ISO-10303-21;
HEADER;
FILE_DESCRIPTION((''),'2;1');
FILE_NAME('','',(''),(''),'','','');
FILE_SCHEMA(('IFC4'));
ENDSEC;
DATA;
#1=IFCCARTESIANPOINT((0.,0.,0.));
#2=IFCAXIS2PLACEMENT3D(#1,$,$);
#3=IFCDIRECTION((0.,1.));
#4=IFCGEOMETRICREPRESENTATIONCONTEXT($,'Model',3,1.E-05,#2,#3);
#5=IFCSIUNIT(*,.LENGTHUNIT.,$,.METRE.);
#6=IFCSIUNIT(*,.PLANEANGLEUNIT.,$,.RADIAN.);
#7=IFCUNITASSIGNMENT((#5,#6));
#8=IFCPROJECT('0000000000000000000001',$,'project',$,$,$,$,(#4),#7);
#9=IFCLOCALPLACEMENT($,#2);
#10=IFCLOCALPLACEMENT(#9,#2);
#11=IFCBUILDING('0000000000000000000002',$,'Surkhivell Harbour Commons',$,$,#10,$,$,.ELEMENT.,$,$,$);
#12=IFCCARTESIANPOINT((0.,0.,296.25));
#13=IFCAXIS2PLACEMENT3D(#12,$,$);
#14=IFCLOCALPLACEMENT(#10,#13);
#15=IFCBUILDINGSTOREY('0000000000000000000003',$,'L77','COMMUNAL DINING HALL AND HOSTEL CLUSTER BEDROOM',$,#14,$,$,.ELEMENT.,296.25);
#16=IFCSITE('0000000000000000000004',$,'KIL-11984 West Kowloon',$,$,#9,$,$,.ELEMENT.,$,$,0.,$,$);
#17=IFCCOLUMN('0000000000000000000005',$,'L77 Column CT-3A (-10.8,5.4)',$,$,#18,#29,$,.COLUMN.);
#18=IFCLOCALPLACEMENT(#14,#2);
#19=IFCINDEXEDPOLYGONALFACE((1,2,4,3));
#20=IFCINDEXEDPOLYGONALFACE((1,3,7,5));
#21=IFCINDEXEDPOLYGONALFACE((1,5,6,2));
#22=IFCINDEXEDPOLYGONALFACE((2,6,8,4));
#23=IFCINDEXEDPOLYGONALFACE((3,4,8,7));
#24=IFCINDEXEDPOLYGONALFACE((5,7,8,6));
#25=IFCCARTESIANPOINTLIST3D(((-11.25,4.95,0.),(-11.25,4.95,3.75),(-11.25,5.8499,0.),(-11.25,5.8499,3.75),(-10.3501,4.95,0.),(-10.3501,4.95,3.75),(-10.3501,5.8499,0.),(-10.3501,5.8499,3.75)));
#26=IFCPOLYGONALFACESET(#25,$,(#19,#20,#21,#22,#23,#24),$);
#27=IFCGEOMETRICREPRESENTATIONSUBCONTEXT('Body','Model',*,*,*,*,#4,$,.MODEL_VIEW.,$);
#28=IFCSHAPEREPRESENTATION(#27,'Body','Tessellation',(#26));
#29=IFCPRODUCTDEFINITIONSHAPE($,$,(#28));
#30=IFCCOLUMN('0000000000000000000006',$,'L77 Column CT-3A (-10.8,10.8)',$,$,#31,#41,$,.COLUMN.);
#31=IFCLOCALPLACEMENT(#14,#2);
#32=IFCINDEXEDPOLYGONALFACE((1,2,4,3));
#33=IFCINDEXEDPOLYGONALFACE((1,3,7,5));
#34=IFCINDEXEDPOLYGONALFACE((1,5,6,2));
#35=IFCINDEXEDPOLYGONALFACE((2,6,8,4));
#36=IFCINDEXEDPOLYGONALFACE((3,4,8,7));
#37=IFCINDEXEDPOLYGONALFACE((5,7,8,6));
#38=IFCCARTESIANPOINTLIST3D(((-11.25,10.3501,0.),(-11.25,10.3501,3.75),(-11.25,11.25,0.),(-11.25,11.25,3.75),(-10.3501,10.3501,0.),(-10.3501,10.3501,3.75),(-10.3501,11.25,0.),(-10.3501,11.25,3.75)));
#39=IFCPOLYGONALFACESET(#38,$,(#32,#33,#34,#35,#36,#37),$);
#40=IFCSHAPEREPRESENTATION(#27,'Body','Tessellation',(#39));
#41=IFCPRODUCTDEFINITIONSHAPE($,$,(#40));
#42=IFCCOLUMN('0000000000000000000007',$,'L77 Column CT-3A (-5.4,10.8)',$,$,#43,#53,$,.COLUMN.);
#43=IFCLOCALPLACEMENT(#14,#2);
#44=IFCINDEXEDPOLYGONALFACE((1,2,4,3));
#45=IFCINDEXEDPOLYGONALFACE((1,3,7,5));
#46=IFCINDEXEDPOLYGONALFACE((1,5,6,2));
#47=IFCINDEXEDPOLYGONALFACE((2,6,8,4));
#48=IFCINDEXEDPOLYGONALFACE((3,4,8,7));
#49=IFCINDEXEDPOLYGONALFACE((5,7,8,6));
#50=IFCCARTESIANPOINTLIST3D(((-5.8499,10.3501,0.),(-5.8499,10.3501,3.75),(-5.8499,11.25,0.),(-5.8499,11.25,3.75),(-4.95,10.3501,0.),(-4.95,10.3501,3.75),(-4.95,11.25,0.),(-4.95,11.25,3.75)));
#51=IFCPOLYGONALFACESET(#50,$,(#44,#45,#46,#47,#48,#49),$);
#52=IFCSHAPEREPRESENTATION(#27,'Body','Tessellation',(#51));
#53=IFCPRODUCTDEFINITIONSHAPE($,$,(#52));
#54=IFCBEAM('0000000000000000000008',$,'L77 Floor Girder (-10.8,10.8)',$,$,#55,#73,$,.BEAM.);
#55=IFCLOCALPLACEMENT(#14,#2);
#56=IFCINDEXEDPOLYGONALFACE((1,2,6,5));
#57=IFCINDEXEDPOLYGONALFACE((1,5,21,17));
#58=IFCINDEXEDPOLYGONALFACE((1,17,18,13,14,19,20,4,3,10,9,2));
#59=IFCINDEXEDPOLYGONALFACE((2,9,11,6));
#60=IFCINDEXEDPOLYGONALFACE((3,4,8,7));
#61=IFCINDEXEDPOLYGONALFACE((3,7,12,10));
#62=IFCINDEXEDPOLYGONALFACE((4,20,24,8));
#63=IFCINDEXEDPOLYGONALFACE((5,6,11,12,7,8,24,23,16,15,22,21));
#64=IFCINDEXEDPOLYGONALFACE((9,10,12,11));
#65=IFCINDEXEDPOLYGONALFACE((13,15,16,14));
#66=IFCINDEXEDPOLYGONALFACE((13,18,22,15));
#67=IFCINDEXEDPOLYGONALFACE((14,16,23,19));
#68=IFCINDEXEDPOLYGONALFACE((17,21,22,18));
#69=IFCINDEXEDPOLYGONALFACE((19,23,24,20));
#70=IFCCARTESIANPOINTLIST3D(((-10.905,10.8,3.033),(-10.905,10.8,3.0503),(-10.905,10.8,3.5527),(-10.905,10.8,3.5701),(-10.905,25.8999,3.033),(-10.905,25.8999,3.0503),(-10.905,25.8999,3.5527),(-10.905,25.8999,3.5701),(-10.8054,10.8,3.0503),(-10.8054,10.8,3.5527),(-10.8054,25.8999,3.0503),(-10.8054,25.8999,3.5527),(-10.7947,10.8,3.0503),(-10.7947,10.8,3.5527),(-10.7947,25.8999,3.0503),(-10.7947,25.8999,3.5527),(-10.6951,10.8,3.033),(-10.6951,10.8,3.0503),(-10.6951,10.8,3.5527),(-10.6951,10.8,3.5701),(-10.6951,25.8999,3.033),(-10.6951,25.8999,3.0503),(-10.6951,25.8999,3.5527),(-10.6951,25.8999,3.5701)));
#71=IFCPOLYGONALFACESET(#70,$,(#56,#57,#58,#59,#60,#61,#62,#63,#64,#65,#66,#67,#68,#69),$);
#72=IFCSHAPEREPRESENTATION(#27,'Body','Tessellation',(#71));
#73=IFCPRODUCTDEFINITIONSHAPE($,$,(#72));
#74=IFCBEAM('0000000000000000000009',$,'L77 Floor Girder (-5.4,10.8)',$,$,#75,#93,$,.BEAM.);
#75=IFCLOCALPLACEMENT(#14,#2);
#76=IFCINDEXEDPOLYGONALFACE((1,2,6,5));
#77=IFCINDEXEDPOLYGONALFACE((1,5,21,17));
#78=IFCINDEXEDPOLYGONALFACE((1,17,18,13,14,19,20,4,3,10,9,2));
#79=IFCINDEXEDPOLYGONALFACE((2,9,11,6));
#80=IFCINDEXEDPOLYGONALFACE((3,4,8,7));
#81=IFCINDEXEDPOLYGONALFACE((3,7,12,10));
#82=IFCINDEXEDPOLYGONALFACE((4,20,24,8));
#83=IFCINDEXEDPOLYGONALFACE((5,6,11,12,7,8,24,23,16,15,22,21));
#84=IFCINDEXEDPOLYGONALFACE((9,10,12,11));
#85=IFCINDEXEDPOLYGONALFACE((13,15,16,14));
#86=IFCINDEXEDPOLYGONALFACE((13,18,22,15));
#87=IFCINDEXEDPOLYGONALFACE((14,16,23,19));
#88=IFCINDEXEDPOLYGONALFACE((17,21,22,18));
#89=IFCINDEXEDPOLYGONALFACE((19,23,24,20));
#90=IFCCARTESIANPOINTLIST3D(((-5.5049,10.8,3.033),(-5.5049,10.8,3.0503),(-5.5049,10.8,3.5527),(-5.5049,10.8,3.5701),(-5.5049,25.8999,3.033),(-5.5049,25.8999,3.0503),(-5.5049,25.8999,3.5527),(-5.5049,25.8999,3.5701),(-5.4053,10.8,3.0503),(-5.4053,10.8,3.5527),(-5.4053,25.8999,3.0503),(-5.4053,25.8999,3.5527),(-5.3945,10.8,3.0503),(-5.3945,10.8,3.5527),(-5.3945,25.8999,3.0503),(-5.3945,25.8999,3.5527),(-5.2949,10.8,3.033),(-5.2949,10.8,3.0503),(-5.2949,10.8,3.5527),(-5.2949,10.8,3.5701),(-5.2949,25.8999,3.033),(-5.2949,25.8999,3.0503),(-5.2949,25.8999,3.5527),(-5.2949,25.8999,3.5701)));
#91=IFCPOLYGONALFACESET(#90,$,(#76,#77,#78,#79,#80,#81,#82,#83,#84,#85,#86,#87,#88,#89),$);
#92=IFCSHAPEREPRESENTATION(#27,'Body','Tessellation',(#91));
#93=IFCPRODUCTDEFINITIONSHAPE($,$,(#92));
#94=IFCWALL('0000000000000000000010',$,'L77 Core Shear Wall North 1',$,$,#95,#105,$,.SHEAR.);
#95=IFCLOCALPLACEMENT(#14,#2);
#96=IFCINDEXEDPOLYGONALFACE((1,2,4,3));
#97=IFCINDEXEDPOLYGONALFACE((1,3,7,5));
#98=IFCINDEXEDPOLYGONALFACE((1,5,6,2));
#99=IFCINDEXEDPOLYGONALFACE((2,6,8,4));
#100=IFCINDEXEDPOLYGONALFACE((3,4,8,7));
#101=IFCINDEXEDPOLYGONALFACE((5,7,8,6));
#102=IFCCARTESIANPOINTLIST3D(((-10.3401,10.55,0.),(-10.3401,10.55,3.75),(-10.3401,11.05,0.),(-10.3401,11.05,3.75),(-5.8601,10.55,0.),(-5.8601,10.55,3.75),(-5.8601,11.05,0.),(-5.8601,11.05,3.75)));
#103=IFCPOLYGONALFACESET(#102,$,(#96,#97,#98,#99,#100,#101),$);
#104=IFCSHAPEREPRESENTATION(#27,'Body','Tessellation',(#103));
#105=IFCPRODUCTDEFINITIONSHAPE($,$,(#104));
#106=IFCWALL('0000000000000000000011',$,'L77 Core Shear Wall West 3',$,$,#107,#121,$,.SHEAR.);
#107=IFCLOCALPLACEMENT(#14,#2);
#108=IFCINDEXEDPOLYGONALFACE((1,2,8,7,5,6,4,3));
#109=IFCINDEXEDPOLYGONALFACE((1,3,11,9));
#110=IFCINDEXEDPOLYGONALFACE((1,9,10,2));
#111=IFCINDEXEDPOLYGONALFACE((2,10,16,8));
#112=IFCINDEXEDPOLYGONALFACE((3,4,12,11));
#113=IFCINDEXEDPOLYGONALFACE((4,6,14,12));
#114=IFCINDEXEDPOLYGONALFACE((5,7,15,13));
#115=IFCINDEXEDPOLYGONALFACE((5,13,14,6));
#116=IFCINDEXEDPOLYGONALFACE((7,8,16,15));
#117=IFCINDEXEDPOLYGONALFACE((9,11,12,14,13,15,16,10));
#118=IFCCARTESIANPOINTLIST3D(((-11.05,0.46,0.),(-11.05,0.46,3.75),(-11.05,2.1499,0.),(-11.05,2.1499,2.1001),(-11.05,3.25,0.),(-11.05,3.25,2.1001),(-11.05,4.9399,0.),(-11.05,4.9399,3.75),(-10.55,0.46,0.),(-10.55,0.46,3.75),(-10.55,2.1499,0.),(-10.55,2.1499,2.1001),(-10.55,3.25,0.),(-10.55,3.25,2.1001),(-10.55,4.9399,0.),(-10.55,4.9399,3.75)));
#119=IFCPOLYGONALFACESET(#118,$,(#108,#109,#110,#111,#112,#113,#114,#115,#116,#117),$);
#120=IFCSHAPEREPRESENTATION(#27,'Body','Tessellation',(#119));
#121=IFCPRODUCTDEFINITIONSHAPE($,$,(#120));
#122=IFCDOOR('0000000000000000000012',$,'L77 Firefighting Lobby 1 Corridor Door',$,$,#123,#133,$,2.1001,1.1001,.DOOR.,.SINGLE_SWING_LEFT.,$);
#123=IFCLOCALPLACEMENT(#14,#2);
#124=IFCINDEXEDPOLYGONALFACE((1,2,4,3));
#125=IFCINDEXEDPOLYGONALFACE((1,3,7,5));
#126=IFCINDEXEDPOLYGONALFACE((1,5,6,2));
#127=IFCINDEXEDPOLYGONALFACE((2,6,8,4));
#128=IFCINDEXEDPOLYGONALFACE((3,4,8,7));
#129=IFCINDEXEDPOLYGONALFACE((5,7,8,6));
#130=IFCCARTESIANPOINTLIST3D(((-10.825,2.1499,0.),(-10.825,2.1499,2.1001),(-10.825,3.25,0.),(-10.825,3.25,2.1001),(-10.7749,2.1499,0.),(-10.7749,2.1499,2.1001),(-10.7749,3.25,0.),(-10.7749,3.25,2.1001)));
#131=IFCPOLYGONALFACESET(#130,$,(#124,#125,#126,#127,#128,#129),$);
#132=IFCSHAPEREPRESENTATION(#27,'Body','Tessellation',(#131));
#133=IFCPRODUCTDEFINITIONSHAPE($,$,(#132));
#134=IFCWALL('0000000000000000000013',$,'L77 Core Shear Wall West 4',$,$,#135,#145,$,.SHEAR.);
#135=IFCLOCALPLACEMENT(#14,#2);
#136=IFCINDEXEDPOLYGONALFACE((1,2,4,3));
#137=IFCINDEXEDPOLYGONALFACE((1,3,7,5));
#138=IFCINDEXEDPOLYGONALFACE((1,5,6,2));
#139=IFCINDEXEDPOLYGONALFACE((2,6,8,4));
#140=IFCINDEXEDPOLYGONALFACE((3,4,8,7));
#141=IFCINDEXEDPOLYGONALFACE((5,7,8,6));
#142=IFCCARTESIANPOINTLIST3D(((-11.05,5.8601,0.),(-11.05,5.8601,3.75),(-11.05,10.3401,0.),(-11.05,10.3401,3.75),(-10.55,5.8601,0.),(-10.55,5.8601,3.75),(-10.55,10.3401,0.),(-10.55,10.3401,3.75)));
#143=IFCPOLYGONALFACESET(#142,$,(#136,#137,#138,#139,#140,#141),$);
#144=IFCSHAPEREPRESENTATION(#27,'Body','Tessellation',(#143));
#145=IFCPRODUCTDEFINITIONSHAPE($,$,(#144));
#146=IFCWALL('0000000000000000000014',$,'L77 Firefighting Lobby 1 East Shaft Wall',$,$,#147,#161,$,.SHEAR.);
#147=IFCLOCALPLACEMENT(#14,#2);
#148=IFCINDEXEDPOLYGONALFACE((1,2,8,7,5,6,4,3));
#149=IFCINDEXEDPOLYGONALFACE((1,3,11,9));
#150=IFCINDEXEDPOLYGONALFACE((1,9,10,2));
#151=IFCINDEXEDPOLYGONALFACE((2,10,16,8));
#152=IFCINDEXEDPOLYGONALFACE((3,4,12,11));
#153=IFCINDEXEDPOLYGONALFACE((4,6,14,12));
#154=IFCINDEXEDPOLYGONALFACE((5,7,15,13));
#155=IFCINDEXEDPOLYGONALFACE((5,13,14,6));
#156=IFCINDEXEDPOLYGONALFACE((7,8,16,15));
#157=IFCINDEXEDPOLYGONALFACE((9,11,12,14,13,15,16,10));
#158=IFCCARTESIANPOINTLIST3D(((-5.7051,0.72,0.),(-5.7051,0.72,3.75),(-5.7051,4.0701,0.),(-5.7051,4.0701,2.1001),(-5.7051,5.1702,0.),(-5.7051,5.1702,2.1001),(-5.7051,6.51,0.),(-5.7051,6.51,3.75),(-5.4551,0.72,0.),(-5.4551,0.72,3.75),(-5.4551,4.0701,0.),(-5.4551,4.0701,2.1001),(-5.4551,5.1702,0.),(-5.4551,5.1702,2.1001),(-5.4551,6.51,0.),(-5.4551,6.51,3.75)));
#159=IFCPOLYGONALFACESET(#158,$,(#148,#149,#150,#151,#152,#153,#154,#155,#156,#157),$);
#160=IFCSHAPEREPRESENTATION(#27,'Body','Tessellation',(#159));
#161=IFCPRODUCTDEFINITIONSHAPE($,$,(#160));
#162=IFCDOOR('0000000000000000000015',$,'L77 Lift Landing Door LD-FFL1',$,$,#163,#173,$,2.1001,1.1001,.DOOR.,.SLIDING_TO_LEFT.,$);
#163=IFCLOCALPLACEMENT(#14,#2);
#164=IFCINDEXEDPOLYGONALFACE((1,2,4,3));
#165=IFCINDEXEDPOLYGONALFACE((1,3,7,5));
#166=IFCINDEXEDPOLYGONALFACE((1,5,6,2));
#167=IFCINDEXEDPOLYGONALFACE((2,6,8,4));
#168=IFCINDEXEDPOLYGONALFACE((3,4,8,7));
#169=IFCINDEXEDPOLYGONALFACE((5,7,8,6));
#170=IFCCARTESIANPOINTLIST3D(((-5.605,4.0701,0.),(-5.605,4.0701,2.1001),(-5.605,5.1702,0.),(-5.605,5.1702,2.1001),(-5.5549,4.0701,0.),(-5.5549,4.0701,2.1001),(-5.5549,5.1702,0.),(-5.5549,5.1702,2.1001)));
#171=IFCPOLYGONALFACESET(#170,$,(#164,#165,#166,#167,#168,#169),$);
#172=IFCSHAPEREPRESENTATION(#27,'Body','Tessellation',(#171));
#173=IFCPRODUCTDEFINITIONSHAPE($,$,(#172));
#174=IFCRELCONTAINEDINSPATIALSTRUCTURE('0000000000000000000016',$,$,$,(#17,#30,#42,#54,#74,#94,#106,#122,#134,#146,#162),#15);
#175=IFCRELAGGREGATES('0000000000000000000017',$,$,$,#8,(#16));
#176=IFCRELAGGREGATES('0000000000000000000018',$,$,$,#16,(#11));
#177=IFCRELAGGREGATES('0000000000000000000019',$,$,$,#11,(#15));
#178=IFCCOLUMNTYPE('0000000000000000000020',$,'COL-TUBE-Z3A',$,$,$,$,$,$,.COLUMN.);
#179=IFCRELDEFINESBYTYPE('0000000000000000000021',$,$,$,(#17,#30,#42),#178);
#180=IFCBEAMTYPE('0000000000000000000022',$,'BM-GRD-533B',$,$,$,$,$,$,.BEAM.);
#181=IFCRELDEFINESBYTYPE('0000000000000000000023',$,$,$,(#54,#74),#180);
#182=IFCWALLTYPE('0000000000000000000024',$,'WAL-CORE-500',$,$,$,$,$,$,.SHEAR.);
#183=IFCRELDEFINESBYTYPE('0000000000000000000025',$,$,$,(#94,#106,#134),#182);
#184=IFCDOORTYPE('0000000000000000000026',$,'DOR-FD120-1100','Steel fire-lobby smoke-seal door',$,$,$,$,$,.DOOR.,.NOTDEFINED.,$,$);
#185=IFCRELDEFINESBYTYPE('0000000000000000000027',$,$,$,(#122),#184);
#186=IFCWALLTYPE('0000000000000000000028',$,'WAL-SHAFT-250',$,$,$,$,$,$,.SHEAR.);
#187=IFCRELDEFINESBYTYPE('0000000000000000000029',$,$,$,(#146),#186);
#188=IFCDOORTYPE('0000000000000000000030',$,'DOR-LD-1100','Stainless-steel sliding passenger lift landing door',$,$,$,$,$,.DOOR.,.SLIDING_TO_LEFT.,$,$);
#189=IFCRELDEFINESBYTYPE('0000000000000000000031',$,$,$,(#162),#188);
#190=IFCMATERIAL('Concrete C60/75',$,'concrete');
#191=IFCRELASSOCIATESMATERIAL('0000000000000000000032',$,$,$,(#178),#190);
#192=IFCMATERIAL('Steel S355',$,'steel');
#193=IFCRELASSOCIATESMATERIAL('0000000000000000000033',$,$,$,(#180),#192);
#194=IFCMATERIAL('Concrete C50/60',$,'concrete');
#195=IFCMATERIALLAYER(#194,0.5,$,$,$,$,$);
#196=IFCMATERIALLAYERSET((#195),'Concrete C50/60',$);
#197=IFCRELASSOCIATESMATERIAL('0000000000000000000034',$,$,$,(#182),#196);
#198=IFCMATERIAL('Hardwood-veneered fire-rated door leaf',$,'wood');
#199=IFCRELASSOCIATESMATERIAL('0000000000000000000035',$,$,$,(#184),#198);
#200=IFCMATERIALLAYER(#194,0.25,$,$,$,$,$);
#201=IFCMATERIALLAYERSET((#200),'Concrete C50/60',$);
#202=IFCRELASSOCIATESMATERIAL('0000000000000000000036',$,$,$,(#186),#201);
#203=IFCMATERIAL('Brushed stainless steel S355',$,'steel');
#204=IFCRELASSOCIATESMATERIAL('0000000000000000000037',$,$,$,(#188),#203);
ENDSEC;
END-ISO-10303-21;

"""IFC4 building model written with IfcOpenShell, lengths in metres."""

from ifc_helpers import new_model, si_unit, direction, frame, frame_2d, origin, origin_2d, place, context, subcontext, project, spatial, rectangle, i_section, extrude, material, layer, layer_set, material_profile, profile_set, type_object, element, fill, save


model = new_model("IFC4")

# Units and contexts
model_context = context("Model", 3, precision=1e-05, world=origin(), true_north=direction((0.0, 1.0)))
body_context = subcontext(model_context, "Body", "Model", "MODEL_VIEW")
ifc_project = project(units=[si_unit("LENGTHUNIT", "METRE"), si_unit("PLANEANGLEUNIT", "RADIAN")], contexts=[model_context])

# Site, building, storey
site_placement = place(None, origin())
site = spatial("IfcSite", under=ifc_project, at=site_placement, Name="KIL-11984 West Kowloon", CompositionType="ELEMENT", RefElevation=0.0)
building_placement = place(site_placement, origin())
building = spatial("IfcBuilding", under=site, at=building_placement, Name="Surkhivell Harbour Commons", CompositionType="ELEMENT")
storey_placement = place(building_placement, frame((0.0, 0.0, 296.25)))
storey = spatial("IfcBuildingStorey", under=building, at=storey_placement, Name="L77", Description="COMMUNAL DINING HALL AND HOSTEL CLUSTER BEDROOM", CompositionType="ELEMENT", Elevation=296.25)

# Columns
ifc_material_1 = material(Name="Concrete C60/75", Category="concrete")
ifc_material_profile_1 = material_profile(ifc_material_1, rectangle(XDim=0.8999, YDim=0.8999, at=origin_2d()), Name="RC-COL-900x900")
ifc_profile_set_1 = profile_set([ifc_material_profile_1], Name="Concrete C60/75")
column_type = type_object("IfcColumnType", Name="COL-TUBE-Z3A", PredefinedType="COLUMN", material=ifc_profile_set_1)
for number, where, z_axis, x_axis, name in (
    (1, (-10.8, 5.3999, 0.0), (0.0, 0.0, 1.0), (1.0, 0.0, 0.0), "L77 Column CT-3A (-10.8,5.4)"),
    (2, (-10.8, 10.8, 0.0), (0.0, 0.0, 1.0), (1.0, 0.0, 0.0), "L77 Column CT-3A (-10.8,10.8)"),
    (3, (-5.3999, 10.8, 0.0), (0.0, 0.0, 1.0), (1.0, 0.0, 0.0), "L77 Column CT-3A (-5.4,10.8)"),
):
    element("IfcColumn", number, at=place(storey_placement, frame(where, z_axis=z_axis, x_axis=x_axis)), inside=storey, type_object=column_type, Name=name, PredefinedType="COLUMN", context=body_context, shape_type="SweptSolid", body=[
        extrude(rectangle(XDim=0.8999, YDim=0.8999, at=origin_2d()), origin(), (0.0, 0.0, 1.0), 3.75),
    ])

# Beams
ifc_material_2 = material(Name="Steel S355", Category="steel")
ifc_material_profile_2 = material_profile(ifc_material_2, i_section(OverallWidth=0.21, OverallDepth=0.5371, WebThickness=0.0107, FlangeThickness=0.0173, at=origin_2d()), Name="UB533x210x101")
ifc_profile_set_2 = profile_set([ifc_material_profile_2], Name="Steel S355")
beam_type = type_object("IfcBeamType", Name="BM-GRD-533B", PredefinedType="BEAM", material=ifc_profile_set_2)
for number, where, z_axis, x_axis, name in (
    (4, (-10.8, 10.8, 3.3015), (0.0, 1.0, 0.0), (-1.0, 0.0, 0.0), "L77 Floor Girder (-10.8,10.8)"),
    (5, (-5.3999, 10.8, 3.3015), (0.0, 1.0, 0.0), (-1.0, 0.0, 0.0), "L77 Floor Girder (-5.4,10.8)"),
):
    element("IfcBeam", number, at=place(storey_placement, frame(where, z_axis=z_axis, x_axis=x_axis)), inside=storey, type_object=beam_type, Name=name, PredefinedType="BEAM", context=body_context, shape_type="SweptSolid", body=[
        extrude(i_section(OverallWidth=0.21, OverallDepth=0.5371, WebThickness=0.0107, FlangeThickness=0.0173, at=origin_2d()), origin(), (0.0, 0.0, 1.0), 15.0999),
    ])

# Wall
ifc_material_3 = material(Name="Concrete C50/60", Category="concrete")
ifc_layer_1 = layer(ifc_material_3, 0.5)
ifc_layer_set_1 = layer_set([ifc_layer_1], Name="Concrete C50/60")
wall_type_1 = type_object("IfcWallType", Name="WAL-CORE-500", PredefinedType="SHEAR", material=ifc_layer_set_1)
wall_1_placement = place(storey_placement, frame((-10.3401, 10.8, 0.0), z_axis=(0.0, 0.0, 1.0), x_axis=(1.0, 0.0, 0.0)))
element("IfcWall", 6, at=wall_1_placement, inside=storey, type_object=wall_type_1, Name="L77 Core Shear Wall North 1", PredefinedType="SHEAR", context=body_context, shape_type="SweptSolid", body=[
    extrude(rectangle(XDim=4.48, YDim=0.5, at=frame_2d((2.24, 0.0))), origin(), (0.0, 0.0, 1.0), 3.75),
])

# Wall, opening, door
wall_2_placement = place(storey_placement, frame((-10.8, 0.46, 0.0), z_axis=(0.0, 0.0, 1.0), x_axis=(0.0, 1.0, 0.0)))
wall_2 = element("IfcWall", 7, at=wall_2_placement, inside=storey, type_object=wall_type_1, Name="L77 Core Shear Wall West 3", PredefinedType="SHEAR", context=body_context, shape_type="SweptSolid", body=[
    extrude(rectangle(XDim=4.48, YDim=0.5, at=frame_2d((2.24, 0.0))), origin(), (0.0, 0.0, 1.0), 3.75),
])
opening_1_placement = place(wall_2_placement, frame((1.6899, 0.0, 0.0)))
opening_1 = element("IfcOpeningElement", 8, at=opening_1_placement, cuts=wall_2, PredefinedType="OPENING", context=body_context, shape_type="SweptSolid", body=[
    extrude(rectangle(XDim=1.1001, YDim=2.1001, at=frame_2d((0.55, 1.05))), frame((0.0, 0.26, 0.0), z_axis=(0.0, -1.0, 0.0), x_axis=(1.0, 0.0, 0.0)), (0.0, 0.0, 1.0), 0.52),
])
ifc_material_4 = material(Name="Hardwood-veneered fire-rated door leaf", Category="wood")
door_type_1 = type_object("IfcDoorType", Name="DOR-FD120-1100", Description="Steel fire-lobby smoke-seal door", OperationType="NOTDEFINED", PredefinedType="DOOR", material=ifc_material_4)
door_1_placement = place(opening_1_placement, origin())
door_1 = element("IfcDoor", 9, at=door_1_placement, inside=storey, type_object=door_type_1, Name="L77 Firefighting Lobby 1 Corridor Door", OperationType="SINGLE_SWING_LEFT", OverallHeight=2.1001, OverallWidth=1.1001, PredefinedType="DOOR", context=body_context, shape_type="SweptSolid", body=[
    extrude(rectangle(XDim=1.1001, YDim=2.1001, at=frame_2d((0.55, 1.05))), frame((0.0, 0.0249, 0.0), z_axis=(0.0, -1.0, 0.0), x_axis=(1.0, 0.0, 0.0)), (0.0, 0.0, 1.0), 0.05),
])
fill(opening_1, door_1)

# Wall
wall_3_placement = place(storey_placement, frame((-10.8, 5.8601, 0.0), z_axis=(0.0, 0.0, 1.0), x_axis=(0.0, 1.0, 0.0)))
element("IfcWall", 10, at=wall_3_placement, inside=storey, type_object=wall_type_1, Name="L77 Core Shear Wall West 4", PredefinedType="SHEAR", context=body_context, shape_type="SweptSolid", body=[
    extrude(rectangle(XDim=4.48, YDim=0.5, at=frame_2d((2.24, 0.0))), origin(), (0.0, 0.0, 1.0), 3.75),
])

# Wall, opening, door
ifc_layer_2 = layer(ifc_material_3, 0.25)
ifc_layer_set_2 = layer_set([ifc_layer_2], Name="Concrete C50/60")
wall_type_2 = type_object("IfcWallType", Name="WAL-SHAFT-250", PredefinedType="SHEAR", material=ifc_layer_set_2)
wall_4_placement = place(storey_placement, frame((-5.5801, 0.72, 0.0), z_axis=(0.0, 0.0, 1.0), x_axis=(0.0, 1.0, 0.0)))
wall_4 = element("IfcWall", 11, at=wall_4_placement, inside=storey, type_object=wall_type_2, Name="L77 Firefighting Lobby 1 East Shaft Wall", PredefinedType="SHEAR", context=body_context, shape_type="SweptSolid", body=[
    extrude(rectangle(XDim=5.79, YDim=0.25, at=frame_2d((2.895, 0.0))), origin(), (0.0, 0.0, 1.0), 3.75),
])
opening_2_placement = place(wall_4_placement, frame((3.3501, 0.0, 0.0)))
opening_2 = element("IfcOpeningElement", 12, at=opening_2_placement, cuts=wall_4, PredefinedType="OPENING", context=body_context, shape_type="SweptSolid", body=[
    extrude(rectangle(XDim=1.1001, YDim=2.1001, at=frame_2d((0.55, 1.05))), frame((0.0, 0.135, 0.0), z_axis=(0.0, -1.0, 0.0), x_axis=(1.0, 0.0, 0.0)), (0.0, 0.0, 1.0), 0.27),
])
ifc_material_5 = material(Name="Brushed stainless steel S355", Category="steel")
door_type_2 = type_object("IfcDoorType", Name="DOR-LD-1100", Description="Stainless-steel sliding passenger lift landing door", OperationType="SLIDING_TO_LEFT", PredefinedType="DOOR", material=ifc_material_5)
door_2_placement = place(opening_2_placement, origin())
door_2 = element("IfcDoor", 13, at=door_2_placement, inside=storey, type_object=door_type_2, Name="L77 Lift Landing Door LD-FFL1", OperationType="SLIDING_TO_LEFT", OverallHeight=2.1001, OverallWidth=1.1001, PredefinedType="DOOR", context=body_context, shape_type="SweptSolid", body=[
    extrude(rectangle(XDim=1.1001, YDim=2.1001, at=frame_2d((0.55, 1.05))), frame((0.0, 0.0249, 0.0), z_axis=(0.0, -1.0, 0.0), x_axis=(1.0, 0.0, 0.0)), (0.0, 0.0, 1.0), 0.05),
])
fill(opening_2, door_2)

save(model, "model.ifc")
